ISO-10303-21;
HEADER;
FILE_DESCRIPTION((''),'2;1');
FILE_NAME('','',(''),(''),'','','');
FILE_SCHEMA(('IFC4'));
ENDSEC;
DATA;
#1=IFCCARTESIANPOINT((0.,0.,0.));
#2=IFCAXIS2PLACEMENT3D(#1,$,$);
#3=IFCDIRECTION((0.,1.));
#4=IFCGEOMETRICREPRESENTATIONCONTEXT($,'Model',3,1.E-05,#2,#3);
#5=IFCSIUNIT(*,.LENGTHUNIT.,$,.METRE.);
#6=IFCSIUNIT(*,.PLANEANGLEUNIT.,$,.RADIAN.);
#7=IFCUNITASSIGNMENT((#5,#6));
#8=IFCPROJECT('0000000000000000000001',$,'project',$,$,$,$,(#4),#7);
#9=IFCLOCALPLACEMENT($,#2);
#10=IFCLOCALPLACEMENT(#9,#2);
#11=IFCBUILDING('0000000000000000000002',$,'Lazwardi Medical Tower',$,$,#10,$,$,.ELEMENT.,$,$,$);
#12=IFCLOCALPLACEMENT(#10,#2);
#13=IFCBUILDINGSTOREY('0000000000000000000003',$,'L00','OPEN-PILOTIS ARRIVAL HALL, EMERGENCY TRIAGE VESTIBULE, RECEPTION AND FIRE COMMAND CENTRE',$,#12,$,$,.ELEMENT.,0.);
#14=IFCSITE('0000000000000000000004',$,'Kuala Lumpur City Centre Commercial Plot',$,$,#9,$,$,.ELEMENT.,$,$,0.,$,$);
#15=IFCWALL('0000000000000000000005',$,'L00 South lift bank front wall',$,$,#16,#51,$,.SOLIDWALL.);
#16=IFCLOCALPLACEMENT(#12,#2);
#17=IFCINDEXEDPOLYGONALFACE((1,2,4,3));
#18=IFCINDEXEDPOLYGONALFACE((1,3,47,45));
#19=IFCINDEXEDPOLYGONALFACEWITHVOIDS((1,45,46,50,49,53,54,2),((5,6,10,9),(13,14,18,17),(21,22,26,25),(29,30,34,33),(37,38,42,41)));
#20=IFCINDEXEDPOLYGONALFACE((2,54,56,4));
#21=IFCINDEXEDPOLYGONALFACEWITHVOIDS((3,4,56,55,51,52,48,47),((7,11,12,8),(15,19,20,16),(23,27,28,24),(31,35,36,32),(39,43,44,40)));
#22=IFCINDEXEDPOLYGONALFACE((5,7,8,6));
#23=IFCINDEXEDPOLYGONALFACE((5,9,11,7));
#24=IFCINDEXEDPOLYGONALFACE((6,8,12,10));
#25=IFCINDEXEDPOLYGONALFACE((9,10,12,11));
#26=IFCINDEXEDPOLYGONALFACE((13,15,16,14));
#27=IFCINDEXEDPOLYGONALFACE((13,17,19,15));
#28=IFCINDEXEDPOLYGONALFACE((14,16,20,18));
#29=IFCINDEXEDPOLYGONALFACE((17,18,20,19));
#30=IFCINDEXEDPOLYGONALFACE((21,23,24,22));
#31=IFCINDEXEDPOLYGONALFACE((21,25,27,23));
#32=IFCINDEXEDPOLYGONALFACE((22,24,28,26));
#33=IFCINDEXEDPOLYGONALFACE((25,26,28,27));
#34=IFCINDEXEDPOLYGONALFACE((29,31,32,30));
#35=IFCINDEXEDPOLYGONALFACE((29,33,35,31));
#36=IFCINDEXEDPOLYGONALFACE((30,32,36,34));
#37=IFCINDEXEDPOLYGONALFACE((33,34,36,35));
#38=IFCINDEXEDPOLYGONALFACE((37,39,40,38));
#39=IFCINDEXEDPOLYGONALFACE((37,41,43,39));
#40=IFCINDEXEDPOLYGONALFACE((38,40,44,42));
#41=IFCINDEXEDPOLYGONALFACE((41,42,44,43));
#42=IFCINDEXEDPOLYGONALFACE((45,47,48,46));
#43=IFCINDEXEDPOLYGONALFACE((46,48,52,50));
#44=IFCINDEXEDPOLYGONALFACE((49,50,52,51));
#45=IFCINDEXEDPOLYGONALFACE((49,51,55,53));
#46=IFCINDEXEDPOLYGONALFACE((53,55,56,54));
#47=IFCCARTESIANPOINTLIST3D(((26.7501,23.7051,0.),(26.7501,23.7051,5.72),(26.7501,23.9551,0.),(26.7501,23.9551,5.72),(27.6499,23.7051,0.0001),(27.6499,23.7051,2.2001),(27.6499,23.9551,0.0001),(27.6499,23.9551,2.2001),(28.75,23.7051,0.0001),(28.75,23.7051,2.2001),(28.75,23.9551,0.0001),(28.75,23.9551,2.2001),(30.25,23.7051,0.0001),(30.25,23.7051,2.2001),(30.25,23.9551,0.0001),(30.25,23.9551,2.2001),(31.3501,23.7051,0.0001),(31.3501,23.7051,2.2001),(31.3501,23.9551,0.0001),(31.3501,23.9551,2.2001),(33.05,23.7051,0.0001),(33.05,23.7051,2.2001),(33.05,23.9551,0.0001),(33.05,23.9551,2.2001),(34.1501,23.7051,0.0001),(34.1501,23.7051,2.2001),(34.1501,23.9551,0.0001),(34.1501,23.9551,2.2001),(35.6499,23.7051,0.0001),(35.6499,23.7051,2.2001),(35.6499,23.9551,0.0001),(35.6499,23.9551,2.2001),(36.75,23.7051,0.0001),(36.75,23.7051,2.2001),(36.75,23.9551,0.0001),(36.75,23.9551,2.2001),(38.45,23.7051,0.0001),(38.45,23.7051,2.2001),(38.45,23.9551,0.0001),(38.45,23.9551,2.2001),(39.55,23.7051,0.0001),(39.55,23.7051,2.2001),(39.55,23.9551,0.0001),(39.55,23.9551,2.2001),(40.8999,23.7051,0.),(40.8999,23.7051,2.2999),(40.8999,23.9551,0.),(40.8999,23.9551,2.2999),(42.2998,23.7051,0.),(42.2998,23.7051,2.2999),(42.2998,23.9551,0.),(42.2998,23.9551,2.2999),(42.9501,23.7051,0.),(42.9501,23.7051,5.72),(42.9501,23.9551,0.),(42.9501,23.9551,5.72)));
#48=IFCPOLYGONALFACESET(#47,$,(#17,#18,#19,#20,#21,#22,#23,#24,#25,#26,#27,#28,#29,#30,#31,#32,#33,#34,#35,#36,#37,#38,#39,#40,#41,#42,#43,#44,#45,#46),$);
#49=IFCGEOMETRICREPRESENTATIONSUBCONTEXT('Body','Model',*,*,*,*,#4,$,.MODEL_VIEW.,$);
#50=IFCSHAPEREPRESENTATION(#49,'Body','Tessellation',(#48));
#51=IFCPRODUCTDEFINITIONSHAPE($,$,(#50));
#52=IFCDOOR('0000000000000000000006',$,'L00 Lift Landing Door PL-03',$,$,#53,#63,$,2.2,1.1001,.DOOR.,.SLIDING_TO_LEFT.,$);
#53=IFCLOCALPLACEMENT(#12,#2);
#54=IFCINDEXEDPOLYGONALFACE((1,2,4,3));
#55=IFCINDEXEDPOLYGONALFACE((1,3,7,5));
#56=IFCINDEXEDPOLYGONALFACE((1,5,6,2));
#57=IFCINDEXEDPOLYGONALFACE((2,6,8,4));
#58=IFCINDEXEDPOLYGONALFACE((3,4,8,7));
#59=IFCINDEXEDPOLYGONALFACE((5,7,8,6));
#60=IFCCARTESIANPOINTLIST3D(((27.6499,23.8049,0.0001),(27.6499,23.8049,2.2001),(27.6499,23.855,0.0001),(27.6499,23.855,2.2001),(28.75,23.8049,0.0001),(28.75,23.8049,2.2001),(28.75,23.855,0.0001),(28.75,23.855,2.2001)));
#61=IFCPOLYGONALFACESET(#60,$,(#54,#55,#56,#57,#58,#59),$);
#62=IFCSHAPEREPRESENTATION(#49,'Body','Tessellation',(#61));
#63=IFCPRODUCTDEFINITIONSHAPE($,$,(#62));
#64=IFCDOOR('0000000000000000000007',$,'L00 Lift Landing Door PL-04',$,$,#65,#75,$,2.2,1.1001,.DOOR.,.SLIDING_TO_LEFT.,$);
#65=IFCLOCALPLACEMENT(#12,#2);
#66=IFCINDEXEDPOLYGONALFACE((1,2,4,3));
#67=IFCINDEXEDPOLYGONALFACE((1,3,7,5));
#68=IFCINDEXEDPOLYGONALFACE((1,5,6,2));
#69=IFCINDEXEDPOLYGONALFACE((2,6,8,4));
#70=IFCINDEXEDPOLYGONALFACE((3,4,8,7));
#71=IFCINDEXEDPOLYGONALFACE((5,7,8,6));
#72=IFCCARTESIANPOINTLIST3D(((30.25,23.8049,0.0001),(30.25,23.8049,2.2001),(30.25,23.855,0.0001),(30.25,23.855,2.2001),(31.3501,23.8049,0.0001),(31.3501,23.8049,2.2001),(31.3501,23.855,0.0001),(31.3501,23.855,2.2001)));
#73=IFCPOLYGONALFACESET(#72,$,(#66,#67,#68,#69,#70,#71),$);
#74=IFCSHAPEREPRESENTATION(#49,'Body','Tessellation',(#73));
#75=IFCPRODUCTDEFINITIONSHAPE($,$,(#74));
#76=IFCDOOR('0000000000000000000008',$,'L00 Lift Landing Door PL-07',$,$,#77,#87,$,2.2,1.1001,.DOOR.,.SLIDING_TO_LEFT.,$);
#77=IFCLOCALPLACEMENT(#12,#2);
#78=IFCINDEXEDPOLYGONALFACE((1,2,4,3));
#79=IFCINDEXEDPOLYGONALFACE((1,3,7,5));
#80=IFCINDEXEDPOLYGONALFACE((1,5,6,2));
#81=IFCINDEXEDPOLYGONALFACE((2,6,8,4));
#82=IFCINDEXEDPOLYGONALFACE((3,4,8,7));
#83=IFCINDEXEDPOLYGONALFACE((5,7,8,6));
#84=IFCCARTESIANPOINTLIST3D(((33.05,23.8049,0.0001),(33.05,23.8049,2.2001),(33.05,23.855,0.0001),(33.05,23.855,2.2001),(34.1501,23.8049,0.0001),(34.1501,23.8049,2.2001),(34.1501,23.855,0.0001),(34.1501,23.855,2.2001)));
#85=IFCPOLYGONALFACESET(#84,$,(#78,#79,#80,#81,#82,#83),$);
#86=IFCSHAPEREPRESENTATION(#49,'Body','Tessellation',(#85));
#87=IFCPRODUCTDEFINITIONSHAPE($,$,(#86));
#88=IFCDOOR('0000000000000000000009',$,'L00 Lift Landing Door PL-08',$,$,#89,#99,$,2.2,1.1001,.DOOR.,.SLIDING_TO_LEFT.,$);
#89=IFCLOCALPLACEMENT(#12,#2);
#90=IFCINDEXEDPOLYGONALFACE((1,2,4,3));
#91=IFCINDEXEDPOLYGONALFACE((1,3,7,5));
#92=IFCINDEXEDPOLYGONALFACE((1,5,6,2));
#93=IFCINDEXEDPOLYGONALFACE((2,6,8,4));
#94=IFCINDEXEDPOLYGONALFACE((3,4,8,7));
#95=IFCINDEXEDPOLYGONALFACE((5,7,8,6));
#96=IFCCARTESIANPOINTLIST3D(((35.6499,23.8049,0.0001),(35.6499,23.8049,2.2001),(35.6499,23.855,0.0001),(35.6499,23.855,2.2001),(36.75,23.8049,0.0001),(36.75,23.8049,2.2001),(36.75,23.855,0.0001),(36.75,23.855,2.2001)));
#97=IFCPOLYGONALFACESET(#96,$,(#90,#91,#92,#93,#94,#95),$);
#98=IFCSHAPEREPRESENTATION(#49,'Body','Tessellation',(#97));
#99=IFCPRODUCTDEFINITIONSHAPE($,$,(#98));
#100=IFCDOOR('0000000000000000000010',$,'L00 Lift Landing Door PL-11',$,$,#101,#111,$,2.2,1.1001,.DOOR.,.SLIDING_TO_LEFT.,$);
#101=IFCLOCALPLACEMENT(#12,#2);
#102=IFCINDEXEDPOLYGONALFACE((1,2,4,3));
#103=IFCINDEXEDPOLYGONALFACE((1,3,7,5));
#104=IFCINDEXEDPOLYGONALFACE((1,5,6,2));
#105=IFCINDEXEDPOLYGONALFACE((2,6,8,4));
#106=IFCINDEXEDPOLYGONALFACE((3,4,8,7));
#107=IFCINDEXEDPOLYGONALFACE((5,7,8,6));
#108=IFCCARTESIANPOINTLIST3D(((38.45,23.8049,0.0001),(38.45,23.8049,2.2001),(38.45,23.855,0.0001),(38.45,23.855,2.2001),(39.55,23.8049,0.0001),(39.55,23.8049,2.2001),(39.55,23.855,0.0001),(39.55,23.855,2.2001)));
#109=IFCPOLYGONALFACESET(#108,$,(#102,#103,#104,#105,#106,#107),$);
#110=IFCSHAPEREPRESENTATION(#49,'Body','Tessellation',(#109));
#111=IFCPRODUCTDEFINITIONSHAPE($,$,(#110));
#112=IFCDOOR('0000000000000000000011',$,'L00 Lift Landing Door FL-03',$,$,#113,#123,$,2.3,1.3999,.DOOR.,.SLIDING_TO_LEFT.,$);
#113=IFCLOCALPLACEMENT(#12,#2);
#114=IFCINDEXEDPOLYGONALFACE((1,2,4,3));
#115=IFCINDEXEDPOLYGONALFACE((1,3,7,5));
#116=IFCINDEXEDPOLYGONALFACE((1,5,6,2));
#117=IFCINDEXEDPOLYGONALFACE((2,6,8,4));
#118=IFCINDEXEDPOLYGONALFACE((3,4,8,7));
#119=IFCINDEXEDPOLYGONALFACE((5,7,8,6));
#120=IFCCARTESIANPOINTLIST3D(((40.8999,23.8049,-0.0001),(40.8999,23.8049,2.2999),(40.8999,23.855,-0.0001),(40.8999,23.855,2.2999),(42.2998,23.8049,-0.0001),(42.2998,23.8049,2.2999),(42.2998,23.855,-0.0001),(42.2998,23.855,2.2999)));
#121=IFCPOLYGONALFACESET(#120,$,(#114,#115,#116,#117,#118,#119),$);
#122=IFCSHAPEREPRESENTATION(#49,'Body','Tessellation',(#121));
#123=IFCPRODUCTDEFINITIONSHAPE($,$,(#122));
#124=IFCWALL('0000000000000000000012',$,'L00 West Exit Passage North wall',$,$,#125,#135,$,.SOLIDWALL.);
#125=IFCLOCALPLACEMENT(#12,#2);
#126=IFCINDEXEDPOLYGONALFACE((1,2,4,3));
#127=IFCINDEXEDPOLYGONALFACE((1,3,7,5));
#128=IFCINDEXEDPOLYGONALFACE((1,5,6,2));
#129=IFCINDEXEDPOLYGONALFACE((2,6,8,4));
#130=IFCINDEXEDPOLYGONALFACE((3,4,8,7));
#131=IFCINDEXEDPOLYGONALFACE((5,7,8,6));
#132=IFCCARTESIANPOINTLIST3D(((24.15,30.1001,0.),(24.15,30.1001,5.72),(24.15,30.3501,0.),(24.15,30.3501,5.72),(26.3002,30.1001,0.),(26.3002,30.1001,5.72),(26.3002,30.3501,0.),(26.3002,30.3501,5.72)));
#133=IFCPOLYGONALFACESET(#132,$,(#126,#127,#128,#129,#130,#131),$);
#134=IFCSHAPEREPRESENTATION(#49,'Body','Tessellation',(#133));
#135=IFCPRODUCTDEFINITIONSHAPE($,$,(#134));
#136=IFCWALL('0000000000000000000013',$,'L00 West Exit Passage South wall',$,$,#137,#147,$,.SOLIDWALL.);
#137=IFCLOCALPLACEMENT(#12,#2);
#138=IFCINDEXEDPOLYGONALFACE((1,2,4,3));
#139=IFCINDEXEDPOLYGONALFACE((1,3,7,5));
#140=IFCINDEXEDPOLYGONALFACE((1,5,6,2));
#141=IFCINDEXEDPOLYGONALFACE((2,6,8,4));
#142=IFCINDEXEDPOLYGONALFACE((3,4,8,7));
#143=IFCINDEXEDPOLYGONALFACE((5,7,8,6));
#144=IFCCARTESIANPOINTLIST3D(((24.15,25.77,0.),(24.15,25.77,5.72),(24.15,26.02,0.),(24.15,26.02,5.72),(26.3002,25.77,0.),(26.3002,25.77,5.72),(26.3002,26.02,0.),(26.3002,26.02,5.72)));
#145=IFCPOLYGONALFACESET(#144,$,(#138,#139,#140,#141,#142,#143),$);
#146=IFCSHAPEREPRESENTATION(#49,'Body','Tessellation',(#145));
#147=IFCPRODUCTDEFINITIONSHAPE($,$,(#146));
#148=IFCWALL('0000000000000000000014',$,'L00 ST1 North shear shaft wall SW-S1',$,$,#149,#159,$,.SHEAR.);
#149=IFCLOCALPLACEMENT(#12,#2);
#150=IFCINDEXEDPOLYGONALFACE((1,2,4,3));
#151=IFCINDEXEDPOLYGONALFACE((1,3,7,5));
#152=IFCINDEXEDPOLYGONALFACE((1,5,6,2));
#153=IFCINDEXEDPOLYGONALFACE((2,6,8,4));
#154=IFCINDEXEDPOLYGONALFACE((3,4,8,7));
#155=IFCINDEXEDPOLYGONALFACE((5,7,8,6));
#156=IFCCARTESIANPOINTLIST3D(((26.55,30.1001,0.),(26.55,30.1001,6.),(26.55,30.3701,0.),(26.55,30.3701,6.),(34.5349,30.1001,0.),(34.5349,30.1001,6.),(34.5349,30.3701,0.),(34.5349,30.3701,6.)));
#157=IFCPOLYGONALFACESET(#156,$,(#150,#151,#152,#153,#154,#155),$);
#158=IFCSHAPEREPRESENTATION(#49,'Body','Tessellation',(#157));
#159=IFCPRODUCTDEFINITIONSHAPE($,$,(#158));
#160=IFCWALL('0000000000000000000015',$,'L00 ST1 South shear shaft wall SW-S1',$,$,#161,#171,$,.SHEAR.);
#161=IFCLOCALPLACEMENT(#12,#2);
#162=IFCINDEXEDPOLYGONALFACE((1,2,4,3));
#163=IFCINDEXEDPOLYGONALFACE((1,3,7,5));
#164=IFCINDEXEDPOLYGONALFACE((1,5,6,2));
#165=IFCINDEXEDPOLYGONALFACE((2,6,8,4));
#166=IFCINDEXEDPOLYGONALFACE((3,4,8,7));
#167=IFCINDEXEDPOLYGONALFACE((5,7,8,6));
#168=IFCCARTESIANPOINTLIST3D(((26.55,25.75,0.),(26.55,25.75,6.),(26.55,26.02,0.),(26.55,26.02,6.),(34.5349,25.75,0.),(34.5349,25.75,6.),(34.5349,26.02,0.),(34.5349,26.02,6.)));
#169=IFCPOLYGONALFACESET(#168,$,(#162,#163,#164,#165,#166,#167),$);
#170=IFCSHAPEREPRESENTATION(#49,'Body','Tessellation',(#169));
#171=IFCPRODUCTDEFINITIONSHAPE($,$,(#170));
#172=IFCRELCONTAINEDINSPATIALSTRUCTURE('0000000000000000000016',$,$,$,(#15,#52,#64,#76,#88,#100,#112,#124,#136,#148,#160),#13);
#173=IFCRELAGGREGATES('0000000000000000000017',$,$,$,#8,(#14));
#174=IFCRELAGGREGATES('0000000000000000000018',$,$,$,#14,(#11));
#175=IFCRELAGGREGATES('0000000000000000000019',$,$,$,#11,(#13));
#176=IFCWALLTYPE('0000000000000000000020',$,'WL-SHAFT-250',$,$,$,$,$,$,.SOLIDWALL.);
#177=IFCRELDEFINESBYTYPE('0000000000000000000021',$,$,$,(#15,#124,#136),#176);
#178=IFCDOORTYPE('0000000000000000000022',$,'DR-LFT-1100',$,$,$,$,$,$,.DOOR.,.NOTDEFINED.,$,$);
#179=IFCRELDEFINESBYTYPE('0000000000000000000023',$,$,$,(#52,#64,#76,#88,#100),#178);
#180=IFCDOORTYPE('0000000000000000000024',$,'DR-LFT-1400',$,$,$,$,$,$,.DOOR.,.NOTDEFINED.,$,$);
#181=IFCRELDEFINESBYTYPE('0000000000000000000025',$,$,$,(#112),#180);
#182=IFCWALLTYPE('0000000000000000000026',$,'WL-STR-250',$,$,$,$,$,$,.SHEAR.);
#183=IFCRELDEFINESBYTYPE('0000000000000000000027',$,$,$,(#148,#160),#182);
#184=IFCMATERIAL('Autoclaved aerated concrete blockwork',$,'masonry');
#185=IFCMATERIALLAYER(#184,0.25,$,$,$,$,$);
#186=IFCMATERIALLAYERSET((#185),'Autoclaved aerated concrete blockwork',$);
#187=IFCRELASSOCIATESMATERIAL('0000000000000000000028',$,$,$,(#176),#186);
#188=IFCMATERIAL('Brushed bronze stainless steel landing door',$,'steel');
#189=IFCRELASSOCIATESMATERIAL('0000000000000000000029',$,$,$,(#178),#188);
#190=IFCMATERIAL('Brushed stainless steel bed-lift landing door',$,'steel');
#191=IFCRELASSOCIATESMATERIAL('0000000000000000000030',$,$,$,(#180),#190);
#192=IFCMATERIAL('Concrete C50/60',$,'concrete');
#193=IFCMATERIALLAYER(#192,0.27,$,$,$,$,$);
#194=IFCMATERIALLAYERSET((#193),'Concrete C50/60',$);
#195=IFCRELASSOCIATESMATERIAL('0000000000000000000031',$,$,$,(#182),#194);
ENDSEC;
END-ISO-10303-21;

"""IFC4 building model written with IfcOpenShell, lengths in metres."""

from ifc_helpers import new_model, si_unit, direction, frame, frame_2d, origin, place, context, subcontext, project, spatial, rectangle, extrude, material, layer, layer_set, type_object, element, fill, save


model = new_model("IFC4")

# Units and contexts
model_context = context("Model", 3, precision=1e-05, world=origin(), true_north=direction((0.0, 1.0)))
body_context = subcontext(model_context, "Body", "Model", "MODEL_VIEW")
ifc_project = project(units=[si_unit("LENGTHUNIT", "METRE"), si_unit("PLANEANGLEUNIT", "RADIAN")], contexts=[model_context])

# Site, building, storey
site_placement = place(None, origin())
site = spatial("IfcSite", under=ifc_project, at=site_placement, Name="Kuala Lumpur City Centre Commercial Plot", CompositionType="ELEMENT", RefElevation=0.0)
building_placement = place(site_placement, origin())
building = spatial("IfcBuilding", under=site, at=building_placement, Name="Lazwardi Medical Tower", CompositionType="ELEMENT")
storey_placement = place(building_placement, origin())
storey = spatial("IfcBuildingStorey", under=building, at=storey_placement, Name="L00", Description="OPEN-PILOTIS ARRIVAL HALL, EMERGENCY TRIAGE VESTIBULE, RECEPTION AND FIRE COMMAND CENTRE", CompositionType="ELEMENT", Elevation=0.0)

# Wall, openings, doors
ifc_material_1 = material(Name="Autoclaved aerated concrete blockwork", Category="masonry")
ifc_layer_1 = layer(ifc_material_1, 0.25)
ifc_layer_set_1 = layer_set([ifc_layer_1], Name="Autoclaved aerated concrete blockwork")
wall_type_1 = type_object("IfcWallType", Name="WL-SHAFT-250", PredefinedType="SOLIDWALL", material=ifc_layer_set_1)
wall_1_placement = place(storey_placement, frame((26.75, 23.8301, 0.0), z_axis=(0.0, 0.0, 1.0), x_axis=(1.0, 0.0, 0.0)))
wall_1 = element("IfcWall", 1, at=wall_1_placement, inside=storey, type_object=wall_type_1, Name="L00 South lift bank front wall", PredefinedType="SOLIDWALL", context=body_context, shape_type="SweptSolid", body=[
    extrude(rectangle(XDim=16.2, YDim=0.25, at=frame_2d((8.1001, 0.0))), origin(), (0.0, 0.0, 1.0), 5.72),
])
opening_1_placement = place(wall_1_placement, frame((0.8999, 0.0, 0.0)))
opening_1 = element("IfcOpeningElement", 2, at=opening_1_placement, cuts=wall_1, PredefinedType="OPENING", context=body_context, shape_type="SweptSolid", body=[
    extrude(rectangle(XDim=1.1001, YDim=2.2, at=frame_2d((0.55, 1.1001))), frame((0.0, 0.135, 0.0), z_axis=(0.0, -1.0, 0.0), x_axis=(1.0, 0.0, 0.0)), (0.0, 0.0, 1.0), 0.27),
])
opening_2_placement = place(wall_1_placement, frame((3.5, 0.0, 0.0)))
opening_2 = element("IfcOpeningElement", 3, at=opening_2_placement, cuts=wall_1, PredefinedType="OPENING", context=body_context, shape_type="SweptSolid", body=[
    extrude(rectangle(XDim=1.1001, YDim=2.2, at=frame_2d((0.55, 1.1001))), frame((0.0, 0.135, 0.0), z_axis=(0.0, -1.0, 0.0), x_axis=(1.0, 0.0, 0.0)), (0.0, 0.0, 1.0), 0.27),
])
opening_3_placement = place(wall_1_placement, frame((6.3, 0.0, 0.0)))
opening_3 = element("IfcOpeningElement", 4, at=opening_3_placement, cuts=wall_1, PredefinedType="OPENING", context=body_context, shape_type="SweptSolid", body=[
    extrude(rectangle(XDim=1.1001, YDim=2.2, at=frame_2d((0.55, 1.1001))), frame((0.0, 0.135, 0.0), z_axis=(0.0, -1.0, 0.0), x_axis=(1.0, 0.0, 0.0)), (0.0, 0.0, 1.0), 0.27),
])
opening_4_placement = place(wall_1_placement, frame((8.8999, 0.0, 0.0)))
opening_4 = element("IfcOpeningElement", 5, at=opening_4_placement, cuts=wall_1, PredefinedType="OPENING", context=body_context, shape_type="SweptSolid", body=[
    extrude(rectangle(XDim=1.1001, YDim=2.2, at=frame_2d((0.55, 1.1001))), frame((0.0, 0.135, 0.0), z_axis=(0.0, -1.0, 0.0), x_axis=(1.0, 0.0, 0.0)), (0.0, 0.0, 1.0), 0.27),
])
opening_5_placement = place(wall_1_placement, frame((11.7, 0.0, 0.0)))
opening_5 = element("IfcOpeningElement", 6, at=opening_5_placement, cuts=wall_1, PredefinedType="OPENING", context=body_context, shape_type="SweptSolid", body=[
    extrude(rectangle(XDim=1.1001, YDim=2.2, at=frame_2d((0.55, 1.1001))), frame((0.0, 0.135, 0.0), z_axis=(0.0, -1.0, 0.0), x_axis=(1.0, 0.0, 0.0)), (0.0, 0.0, 1.0), 0.27),
])
opening_6_placement = place(wall_1_placement, frame((14.1499, 0.0, 0.0)))
opening_6 = element("IfcOpeningElement", 7, at=opening_6_placement, cuts=wall_1, PredefinedType="OPENING", context=body_context, shape_type="SweptSolid", body=[
    extrude(rectangle(XDim=1.3999, YDim=2.3, at=frame_2d((0.7, 1.1499))), frame((0.0, 0.135, 0.0), z_axis=(0.0, -1.0, 0.0), x_axis=(1.0, 0.0, 0.0)), (0.0, 0.0, 1.0), 0.27),
])
ifc_material_2 = material(Name="Brushed bronze stainless steel landing door", Category="steel")
door_type_1 = type_object("IfcDoorType", Name="DR-LFT-1100", OperationType="NOTDEFINED", PredefinedType="DOOR", material=ifc_material_2)
door_1_placement = place(opening_1_placement, origin())
door_1 = element("IfcDoor", 8, at=door_1_placement, inside=storey, type_object=door_type_1, Name="L00 Lift Landing Door PL-03", OperationType="SLIDING_TO_LEFT", OverallHeight=2.2, OverallWidth=1.1001, PredefinedType="DOOR", context=body_context, shape_type="SweptSolid", body=[
    extrude(rectangle(XDim=1.1001, YDim=2.2, at=frame_2d((0.55, 1.1001))), frame((0.0, 0.0249, 0.0), z_axis=(0.0, -1.0, 0.0), x_axis=(1.0, 0.0, 0.0)), (0.0, 0.0, 1.0), 0.05),
])
fill(opening_1, door_1)
door_2_placement = place(opening_2_placement, origin())
door_2 = element("IfcDoor", 9, at=door_2_placement, inside=storey, type_object=door_type_1, Name="L00 Lift Landing Door PL-04", OperationType="SLIDING_TO_LEFT", OverallHeight=2.2, OverallWidth=1.1001, PredefinedType="DOOR", context=body_context, shape_type="SweptSolid", body=[
    extrude(rectangle(XDim=1.1001, YDim=2.2, at=frame_2d((0.55, 1.1001))), frame((0.0, 0.0249, 0.0), z_axis=(0.0, -1.0, 0.0), x_axis=(1.0, 0.0, 0.0)), (0.0, 0.0, 1.0), 0.05),
])
fill(opening_2, door_2)
door_3_placement = place(opening_3_placement, origin())
door_3 = element("IfcDoor", 10, at=door_3_placement, inside=storey, type_object=door_type_1, Name="L00 Lift Landing Door PL-07", OperationType="SLIDING_TO_LEFT", OverallHeight=2.2, OverallWidth=1.1001, PredefinedType="DOOR", context=body_context, shape_type="SweptSolid", body=[
    extrude(rectangle(XDim=1.1001, YDim=2.2, at=frame_2d((0.55, 1.1001))), frame((0.0, 0.0249, 0.0), z_axis=(0.0, -1.0, 0.0), x_axis=(1.0, 0.0, 0.0)), (0.0, 0.0, 1.0), 0.05),
])
fill(opening_3, door_3)
door_4_placement = place(opening_4_placement, origin())
door_4 = element("IfcDoor", 11, at=door_4_placement, inside=storey, type_object=door_type_1, Name="L00 Lift Landing Door PL-08", OperationType="SLIDING_TO_LEFT", OverallHeight=2.2, OverallWidth=1.1001, PredefinedType="DOOR", context=body_context, shape_type="SweptSolid", body=[
    extrude(rectangle(XDim=1.1001, YDim=2.2, at=frame_2d((0.55, 1.1001))), frame((0.0, 0.0249, 0.0), z_axis=(0.0, -1.0, 0.0), x_axis=(1.0, 0.0, 0.0)), (0.0, 0.0, 1.0), 0.05),
])
fill(opening_4, door_4)
door_5_placement = place(opening_5_placement, origin())
door_5 = element("IfcDoor", 12, at=door_5_placement, inside=storey, type_object=door_type_1, Name="L00 Lift Landing Door PL-11", OperationType="SLIDING_TO_LEFT", OverallHeight=2.2, OverallWidth=1.1001, PredefinedType="DOOR", context=body_context, shape_type="SweptSolid", body=[
    extrude(rectangle(XDim=1.1001, YDim=2.2, at=frame_2d((0.55, 1.1001))), frame((0.0, 0.0249, 0.0), z_axis=(0.0, -1.0, 0.0), x_axis=(1.0, 0.0, 0.0)), (0.0, 0.0, 1.0), 0.05),
])
fill(opening_5, door_5)
ifc_material_3 = material(Name="Brushed stainless steel bed-lift landing door", Category="steel")
door_type_2 = type_object("IfcDoorType", Name="DR-LFT-1400", OperationType="NOTDEFINED", PredefinedType="DOOR", material=ifc_material_3)
door_6_placement = place(opening_6_placement, origin())
door_6 = element("IfcDoor", 13, at=door_6_placement, inside=storey, type_object=door_type_2, Name="L00 Lift Landing Door FL-03", OperationType="SLIDING_TO_LEFT", OverallHeight=2.3, OverallWidth=1.3999, PredefinedType="DOOR", context=body_context, shape_type="SweptSolid", body=[
    extrude(rectangle(XDim=1.3999, YDim=2.3, at=frame_2d((0.7, 1.1499))), frame((0.0, 0.0249, 0.0), z_axis=(0.0, -1.0, 0.0), x_axis=(1.0, 0.0, 0.0)), (0.0, 0.0, 1.0), 0.05),
])
fill(opening_6, door_6)

# Walls
for number, where, z_axis, x_axis, name in (
    (14, (24.1499, 30.2251, 0.0), (0.0, 0.0, 1.0), (1.0, 0.0, 0.0), "L00 West Exit Passage North wall"),
    (15, (24.1499, 25.895, 0.0), (0.0, 0.0, 1.0), (1.0, 0.0, 0.0), "L00 West Exit Passage South wall"),
):
    element("IfcWall", number, at=place(storey_placement, frame(where, z_axis=z_axis, x_axis=x_axis)), inside=storey, type_object=wall_type_1, Name=name, PredefinedType="SOLIDWALL", context=body_context, shape_type="SweptSolid", body=[
        extrude(rectangle(XDim=2.1501, YDim=0.25, at=frame_2d((1.0752, 0.0))), origin(), (0.0, 0.0, 1.0), 5.72),
    ])
ifc_material_4 = material(Name="Concrete C50/60", Category="concrete")
ifc_layer_2 = layer(ifc_material_4, 0.27)
ifc_layer_set_2 = layer_set([ifc_layer_2], Name="Concrete C50/60")
wall_type_2 = type_object("IfcWallType", Name="WL-STR-250", PredefinedType="SHEAR", material=ifc_layer_set_2)
for number, where, z_axis, x_axis, name in (
    (16, (26.55, 30.2351, 0.0), (0.0, 0.0, 1.0), (1.0, 0.0, 0.0), "L00 ST1 North shear shaft wall SW-S1"),
    (17, (26.55, 25.885, 0.0), (0.0, 0.0, 1.0), (1.0, 0.0, 0.0), "L00 ST1 South shear shaft wall SW-S1"),
):
    element("IfcWall", number, at=place(storey_placement, frame(where, z_axis=z_axis, x_axis=x_axis)), inside=storey, type_object=wall_type_2, Name=name, PredefinedType="SHEAR", context=body_context, shape_type="SweptSolid", body=[
        extrude(rectangle(XDim=7.9849, YDim=0.27, at=frame_2d((3.9924, 0.0))), origin(), (0.0, 0.0, 1.0), 6.0),
    ])

save(model, "model.ifc")
